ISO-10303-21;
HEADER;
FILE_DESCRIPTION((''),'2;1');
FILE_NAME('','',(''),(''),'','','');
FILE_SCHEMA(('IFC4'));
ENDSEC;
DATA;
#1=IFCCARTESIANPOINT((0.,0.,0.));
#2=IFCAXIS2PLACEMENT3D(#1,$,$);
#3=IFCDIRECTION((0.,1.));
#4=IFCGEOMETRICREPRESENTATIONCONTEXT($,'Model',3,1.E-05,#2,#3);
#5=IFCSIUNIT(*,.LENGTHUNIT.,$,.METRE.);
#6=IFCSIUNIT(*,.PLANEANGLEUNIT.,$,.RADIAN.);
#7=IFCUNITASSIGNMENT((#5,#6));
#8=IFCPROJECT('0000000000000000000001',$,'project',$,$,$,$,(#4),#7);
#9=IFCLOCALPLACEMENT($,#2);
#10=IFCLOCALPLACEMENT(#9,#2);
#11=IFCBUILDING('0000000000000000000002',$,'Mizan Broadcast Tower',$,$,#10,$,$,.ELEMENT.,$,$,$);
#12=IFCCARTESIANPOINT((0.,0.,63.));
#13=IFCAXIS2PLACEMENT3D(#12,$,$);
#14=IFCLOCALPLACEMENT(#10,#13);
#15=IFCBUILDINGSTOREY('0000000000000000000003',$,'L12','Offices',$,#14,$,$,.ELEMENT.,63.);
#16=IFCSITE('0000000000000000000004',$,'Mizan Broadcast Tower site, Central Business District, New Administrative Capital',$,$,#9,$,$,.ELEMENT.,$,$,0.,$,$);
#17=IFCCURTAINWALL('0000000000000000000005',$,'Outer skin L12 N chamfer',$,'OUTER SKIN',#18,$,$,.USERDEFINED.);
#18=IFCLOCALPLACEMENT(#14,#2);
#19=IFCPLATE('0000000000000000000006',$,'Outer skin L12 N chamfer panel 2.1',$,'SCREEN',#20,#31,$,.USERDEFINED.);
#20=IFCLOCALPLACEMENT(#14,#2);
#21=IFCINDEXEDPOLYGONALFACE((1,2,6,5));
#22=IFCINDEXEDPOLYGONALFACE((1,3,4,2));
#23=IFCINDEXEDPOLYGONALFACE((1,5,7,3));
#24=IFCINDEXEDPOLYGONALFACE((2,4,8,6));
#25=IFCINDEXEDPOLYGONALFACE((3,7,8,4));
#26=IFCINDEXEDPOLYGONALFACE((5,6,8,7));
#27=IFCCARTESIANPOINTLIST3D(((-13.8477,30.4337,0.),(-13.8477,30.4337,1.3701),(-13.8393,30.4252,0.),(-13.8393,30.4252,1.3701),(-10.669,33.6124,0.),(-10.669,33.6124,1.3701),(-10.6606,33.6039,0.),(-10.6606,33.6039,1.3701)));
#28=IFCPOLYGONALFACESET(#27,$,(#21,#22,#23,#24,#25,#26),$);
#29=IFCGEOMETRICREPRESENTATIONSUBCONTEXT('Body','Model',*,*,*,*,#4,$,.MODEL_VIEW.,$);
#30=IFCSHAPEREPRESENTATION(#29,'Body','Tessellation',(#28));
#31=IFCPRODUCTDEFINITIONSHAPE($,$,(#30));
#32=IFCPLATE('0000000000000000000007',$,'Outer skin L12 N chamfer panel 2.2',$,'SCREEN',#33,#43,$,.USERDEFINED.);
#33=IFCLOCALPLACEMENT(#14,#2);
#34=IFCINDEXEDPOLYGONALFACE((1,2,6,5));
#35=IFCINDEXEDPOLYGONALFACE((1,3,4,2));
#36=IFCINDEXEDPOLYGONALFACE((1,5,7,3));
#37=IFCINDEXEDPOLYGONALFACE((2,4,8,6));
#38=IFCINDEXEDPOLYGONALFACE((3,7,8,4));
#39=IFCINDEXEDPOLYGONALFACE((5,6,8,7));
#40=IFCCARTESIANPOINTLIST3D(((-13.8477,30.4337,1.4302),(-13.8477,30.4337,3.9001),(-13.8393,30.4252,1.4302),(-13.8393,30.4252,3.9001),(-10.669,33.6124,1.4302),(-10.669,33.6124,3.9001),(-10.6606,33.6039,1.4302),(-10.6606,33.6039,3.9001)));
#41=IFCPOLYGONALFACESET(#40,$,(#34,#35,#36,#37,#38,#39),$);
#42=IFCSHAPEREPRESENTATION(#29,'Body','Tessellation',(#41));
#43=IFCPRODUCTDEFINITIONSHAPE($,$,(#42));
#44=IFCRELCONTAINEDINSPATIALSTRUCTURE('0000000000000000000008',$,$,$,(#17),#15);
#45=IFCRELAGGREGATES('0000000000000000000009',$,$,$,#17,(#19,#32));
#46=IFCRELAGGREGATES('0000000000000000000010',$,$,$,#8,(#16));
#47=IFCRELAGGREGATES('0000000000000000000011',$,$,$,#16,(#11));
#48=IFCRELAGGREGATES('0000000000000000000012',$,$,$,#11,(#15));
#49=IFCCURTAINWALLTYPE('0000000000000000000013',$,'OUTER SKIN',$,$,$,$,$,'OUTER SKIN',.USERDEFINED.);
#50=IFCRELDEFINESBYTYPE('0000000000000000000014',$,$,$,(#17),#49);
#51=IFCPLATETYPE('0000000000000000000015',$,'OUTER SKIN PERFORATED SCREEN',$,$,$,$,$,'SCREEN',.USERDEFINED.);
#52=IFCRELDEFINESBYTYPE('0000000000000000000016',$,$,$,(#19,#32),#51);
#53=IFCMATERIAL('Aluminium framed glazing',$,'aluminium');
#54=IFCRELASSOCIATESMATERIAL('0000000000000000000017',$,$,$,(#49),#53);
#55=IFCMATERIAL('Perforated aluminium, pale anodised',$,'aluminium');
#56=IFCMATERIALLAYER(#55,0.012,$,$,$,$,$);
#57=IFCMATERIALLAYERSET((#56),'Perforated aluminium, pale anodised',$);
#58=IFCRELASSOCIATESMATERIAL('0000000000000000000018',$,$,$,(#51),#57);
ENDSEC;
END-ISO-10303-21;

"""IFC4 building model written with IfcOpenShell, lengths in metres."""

from ifc_helpers import new_model, si_unit, direction, frame, origin, origin_2d, place, context, subcontext, project, spatial, rectangle, extrude, material, layer, layer_set, type_object, element, aggregate, save


model = new_model("IFC4")

# Units and contexts
model_context = context("Model", 3, precision=1e-05, world=origin(), true_north=direction((0.0, 1.0)))
body_context = subcontext(model_context, "Body", "Model", "MODEL_VIEW")
ifc_project = project(units=[si_unit("LENGTHUNIT", "METRE"), si_unit("PLANEANGLEUNIT", "RADIAN")], contexts=[model_context])

# Site, building, storey
site_placement = place(None, origin())
site = spatial("IfcSite", under=ifc_project, at=site_placement, Name="Mizan Broadcast Tower site, Central Business District, New Administrative Capital", CompositionType="ELEMENT", RefElevation=0.0)
building_placement = place(site_placement, origin())
building = spatial("IfcBuilding", under=site, at=building_placement, Name="Mizan Broadcast Tower", CompositionType="ELEMENT")
storey_placement = place(building_placement, frame((0.0, 0.0, 63.0)))
storey = spatial("IfcBuildingStorey", under=building, at=storey_placement, Name="L12", Description="Offices", CompositionType="ELEMENT", Elevation=63.0)

# Curtain wall
ifc_material_1 = material(Name="Aluminium framed glazing", Category="aluminium")
curtain_wall_type_1 = type_object("IfcCurtainWallType", Name="OUTER SKIN", ElementType="OUTER SKIN", PredefinedType="USERDEFINED", material=ifc_material_1)
curtain_wall_1_placement = place(storey_placement, origin())
curtain_wall_1 = element("IfcCurtainWall", 1, at=curtain_wall_1_placement, inside=storey, type_object=curtain_wall_type_1, Name="Outer skin L12 N chamfer", ObjectType="OUTER SKIN", PredefinedType="USERDEFINED")

# Plates
ifc_material_2 = material(Name="Perforated aluminium, pale anodised", Category="aluminium")
ifc_layer_1 = layer(ifc_material_2, 0.012)
ifc_layer_set_1 = layer_set([ifc_layer_1], Name="Perforated aluminium, pale anodised")
plate_type_1 = type_object("IfcPlateType", Name="OUTER SKIN PERFORATED SCREEN", ElementType="SCREEN", PredefinedType="USERDEFINED", material=ifc_layer_set_1)
plate_1_placement = place(storey_placement, frame((-12.2542, 32.0188, 0.0), z_axis=(0.0, 0.0, 1.0), x_axis=(-0.707107, -0.707107, 0.0)))
plate_1 = element("IfcPlate", 2, at=plate_1_placement, type_object=plate_type_1, Name="Outer skin L12 N chamfer panel 2.1", ObjectType="SCREEN", PredefinedType="USERDEFINED", context=body_context, shape_type="SweptSolid", body=[
    extrude(rectangle(XDim=4.4954, YDim=0.012, at=origin_2d()), origin(), (0.0, 0.0, 1.0), 1.3701),
])
plate_2_placement = place(storey_placement, frame((-12.2542, 32.0188, 1.4302), z_axis=(0.0, 0.0, 1.0), x_axis=(-0.707107, -0.707107, 0.0)))
plate_2 = element("IfcPlate", 3, at=plate_2_placement, type_object=plate_type_1, Name="Outer skin L12 N chamfer panel 2.2", ObjectType="SCREEN", PredefinedType="USERDEFINED", context=body_context, shape_type="SweptSolid", body=[
    extrude(rectangle(XDim=4.4954, YDim=0.012, at=origin_2d()), origin(), (0.0, 0.0, 1.0), 2.47),
])
aggregate(curtain_wall_1, [plate_1, plate_2])

save(model, "model.ifc")
